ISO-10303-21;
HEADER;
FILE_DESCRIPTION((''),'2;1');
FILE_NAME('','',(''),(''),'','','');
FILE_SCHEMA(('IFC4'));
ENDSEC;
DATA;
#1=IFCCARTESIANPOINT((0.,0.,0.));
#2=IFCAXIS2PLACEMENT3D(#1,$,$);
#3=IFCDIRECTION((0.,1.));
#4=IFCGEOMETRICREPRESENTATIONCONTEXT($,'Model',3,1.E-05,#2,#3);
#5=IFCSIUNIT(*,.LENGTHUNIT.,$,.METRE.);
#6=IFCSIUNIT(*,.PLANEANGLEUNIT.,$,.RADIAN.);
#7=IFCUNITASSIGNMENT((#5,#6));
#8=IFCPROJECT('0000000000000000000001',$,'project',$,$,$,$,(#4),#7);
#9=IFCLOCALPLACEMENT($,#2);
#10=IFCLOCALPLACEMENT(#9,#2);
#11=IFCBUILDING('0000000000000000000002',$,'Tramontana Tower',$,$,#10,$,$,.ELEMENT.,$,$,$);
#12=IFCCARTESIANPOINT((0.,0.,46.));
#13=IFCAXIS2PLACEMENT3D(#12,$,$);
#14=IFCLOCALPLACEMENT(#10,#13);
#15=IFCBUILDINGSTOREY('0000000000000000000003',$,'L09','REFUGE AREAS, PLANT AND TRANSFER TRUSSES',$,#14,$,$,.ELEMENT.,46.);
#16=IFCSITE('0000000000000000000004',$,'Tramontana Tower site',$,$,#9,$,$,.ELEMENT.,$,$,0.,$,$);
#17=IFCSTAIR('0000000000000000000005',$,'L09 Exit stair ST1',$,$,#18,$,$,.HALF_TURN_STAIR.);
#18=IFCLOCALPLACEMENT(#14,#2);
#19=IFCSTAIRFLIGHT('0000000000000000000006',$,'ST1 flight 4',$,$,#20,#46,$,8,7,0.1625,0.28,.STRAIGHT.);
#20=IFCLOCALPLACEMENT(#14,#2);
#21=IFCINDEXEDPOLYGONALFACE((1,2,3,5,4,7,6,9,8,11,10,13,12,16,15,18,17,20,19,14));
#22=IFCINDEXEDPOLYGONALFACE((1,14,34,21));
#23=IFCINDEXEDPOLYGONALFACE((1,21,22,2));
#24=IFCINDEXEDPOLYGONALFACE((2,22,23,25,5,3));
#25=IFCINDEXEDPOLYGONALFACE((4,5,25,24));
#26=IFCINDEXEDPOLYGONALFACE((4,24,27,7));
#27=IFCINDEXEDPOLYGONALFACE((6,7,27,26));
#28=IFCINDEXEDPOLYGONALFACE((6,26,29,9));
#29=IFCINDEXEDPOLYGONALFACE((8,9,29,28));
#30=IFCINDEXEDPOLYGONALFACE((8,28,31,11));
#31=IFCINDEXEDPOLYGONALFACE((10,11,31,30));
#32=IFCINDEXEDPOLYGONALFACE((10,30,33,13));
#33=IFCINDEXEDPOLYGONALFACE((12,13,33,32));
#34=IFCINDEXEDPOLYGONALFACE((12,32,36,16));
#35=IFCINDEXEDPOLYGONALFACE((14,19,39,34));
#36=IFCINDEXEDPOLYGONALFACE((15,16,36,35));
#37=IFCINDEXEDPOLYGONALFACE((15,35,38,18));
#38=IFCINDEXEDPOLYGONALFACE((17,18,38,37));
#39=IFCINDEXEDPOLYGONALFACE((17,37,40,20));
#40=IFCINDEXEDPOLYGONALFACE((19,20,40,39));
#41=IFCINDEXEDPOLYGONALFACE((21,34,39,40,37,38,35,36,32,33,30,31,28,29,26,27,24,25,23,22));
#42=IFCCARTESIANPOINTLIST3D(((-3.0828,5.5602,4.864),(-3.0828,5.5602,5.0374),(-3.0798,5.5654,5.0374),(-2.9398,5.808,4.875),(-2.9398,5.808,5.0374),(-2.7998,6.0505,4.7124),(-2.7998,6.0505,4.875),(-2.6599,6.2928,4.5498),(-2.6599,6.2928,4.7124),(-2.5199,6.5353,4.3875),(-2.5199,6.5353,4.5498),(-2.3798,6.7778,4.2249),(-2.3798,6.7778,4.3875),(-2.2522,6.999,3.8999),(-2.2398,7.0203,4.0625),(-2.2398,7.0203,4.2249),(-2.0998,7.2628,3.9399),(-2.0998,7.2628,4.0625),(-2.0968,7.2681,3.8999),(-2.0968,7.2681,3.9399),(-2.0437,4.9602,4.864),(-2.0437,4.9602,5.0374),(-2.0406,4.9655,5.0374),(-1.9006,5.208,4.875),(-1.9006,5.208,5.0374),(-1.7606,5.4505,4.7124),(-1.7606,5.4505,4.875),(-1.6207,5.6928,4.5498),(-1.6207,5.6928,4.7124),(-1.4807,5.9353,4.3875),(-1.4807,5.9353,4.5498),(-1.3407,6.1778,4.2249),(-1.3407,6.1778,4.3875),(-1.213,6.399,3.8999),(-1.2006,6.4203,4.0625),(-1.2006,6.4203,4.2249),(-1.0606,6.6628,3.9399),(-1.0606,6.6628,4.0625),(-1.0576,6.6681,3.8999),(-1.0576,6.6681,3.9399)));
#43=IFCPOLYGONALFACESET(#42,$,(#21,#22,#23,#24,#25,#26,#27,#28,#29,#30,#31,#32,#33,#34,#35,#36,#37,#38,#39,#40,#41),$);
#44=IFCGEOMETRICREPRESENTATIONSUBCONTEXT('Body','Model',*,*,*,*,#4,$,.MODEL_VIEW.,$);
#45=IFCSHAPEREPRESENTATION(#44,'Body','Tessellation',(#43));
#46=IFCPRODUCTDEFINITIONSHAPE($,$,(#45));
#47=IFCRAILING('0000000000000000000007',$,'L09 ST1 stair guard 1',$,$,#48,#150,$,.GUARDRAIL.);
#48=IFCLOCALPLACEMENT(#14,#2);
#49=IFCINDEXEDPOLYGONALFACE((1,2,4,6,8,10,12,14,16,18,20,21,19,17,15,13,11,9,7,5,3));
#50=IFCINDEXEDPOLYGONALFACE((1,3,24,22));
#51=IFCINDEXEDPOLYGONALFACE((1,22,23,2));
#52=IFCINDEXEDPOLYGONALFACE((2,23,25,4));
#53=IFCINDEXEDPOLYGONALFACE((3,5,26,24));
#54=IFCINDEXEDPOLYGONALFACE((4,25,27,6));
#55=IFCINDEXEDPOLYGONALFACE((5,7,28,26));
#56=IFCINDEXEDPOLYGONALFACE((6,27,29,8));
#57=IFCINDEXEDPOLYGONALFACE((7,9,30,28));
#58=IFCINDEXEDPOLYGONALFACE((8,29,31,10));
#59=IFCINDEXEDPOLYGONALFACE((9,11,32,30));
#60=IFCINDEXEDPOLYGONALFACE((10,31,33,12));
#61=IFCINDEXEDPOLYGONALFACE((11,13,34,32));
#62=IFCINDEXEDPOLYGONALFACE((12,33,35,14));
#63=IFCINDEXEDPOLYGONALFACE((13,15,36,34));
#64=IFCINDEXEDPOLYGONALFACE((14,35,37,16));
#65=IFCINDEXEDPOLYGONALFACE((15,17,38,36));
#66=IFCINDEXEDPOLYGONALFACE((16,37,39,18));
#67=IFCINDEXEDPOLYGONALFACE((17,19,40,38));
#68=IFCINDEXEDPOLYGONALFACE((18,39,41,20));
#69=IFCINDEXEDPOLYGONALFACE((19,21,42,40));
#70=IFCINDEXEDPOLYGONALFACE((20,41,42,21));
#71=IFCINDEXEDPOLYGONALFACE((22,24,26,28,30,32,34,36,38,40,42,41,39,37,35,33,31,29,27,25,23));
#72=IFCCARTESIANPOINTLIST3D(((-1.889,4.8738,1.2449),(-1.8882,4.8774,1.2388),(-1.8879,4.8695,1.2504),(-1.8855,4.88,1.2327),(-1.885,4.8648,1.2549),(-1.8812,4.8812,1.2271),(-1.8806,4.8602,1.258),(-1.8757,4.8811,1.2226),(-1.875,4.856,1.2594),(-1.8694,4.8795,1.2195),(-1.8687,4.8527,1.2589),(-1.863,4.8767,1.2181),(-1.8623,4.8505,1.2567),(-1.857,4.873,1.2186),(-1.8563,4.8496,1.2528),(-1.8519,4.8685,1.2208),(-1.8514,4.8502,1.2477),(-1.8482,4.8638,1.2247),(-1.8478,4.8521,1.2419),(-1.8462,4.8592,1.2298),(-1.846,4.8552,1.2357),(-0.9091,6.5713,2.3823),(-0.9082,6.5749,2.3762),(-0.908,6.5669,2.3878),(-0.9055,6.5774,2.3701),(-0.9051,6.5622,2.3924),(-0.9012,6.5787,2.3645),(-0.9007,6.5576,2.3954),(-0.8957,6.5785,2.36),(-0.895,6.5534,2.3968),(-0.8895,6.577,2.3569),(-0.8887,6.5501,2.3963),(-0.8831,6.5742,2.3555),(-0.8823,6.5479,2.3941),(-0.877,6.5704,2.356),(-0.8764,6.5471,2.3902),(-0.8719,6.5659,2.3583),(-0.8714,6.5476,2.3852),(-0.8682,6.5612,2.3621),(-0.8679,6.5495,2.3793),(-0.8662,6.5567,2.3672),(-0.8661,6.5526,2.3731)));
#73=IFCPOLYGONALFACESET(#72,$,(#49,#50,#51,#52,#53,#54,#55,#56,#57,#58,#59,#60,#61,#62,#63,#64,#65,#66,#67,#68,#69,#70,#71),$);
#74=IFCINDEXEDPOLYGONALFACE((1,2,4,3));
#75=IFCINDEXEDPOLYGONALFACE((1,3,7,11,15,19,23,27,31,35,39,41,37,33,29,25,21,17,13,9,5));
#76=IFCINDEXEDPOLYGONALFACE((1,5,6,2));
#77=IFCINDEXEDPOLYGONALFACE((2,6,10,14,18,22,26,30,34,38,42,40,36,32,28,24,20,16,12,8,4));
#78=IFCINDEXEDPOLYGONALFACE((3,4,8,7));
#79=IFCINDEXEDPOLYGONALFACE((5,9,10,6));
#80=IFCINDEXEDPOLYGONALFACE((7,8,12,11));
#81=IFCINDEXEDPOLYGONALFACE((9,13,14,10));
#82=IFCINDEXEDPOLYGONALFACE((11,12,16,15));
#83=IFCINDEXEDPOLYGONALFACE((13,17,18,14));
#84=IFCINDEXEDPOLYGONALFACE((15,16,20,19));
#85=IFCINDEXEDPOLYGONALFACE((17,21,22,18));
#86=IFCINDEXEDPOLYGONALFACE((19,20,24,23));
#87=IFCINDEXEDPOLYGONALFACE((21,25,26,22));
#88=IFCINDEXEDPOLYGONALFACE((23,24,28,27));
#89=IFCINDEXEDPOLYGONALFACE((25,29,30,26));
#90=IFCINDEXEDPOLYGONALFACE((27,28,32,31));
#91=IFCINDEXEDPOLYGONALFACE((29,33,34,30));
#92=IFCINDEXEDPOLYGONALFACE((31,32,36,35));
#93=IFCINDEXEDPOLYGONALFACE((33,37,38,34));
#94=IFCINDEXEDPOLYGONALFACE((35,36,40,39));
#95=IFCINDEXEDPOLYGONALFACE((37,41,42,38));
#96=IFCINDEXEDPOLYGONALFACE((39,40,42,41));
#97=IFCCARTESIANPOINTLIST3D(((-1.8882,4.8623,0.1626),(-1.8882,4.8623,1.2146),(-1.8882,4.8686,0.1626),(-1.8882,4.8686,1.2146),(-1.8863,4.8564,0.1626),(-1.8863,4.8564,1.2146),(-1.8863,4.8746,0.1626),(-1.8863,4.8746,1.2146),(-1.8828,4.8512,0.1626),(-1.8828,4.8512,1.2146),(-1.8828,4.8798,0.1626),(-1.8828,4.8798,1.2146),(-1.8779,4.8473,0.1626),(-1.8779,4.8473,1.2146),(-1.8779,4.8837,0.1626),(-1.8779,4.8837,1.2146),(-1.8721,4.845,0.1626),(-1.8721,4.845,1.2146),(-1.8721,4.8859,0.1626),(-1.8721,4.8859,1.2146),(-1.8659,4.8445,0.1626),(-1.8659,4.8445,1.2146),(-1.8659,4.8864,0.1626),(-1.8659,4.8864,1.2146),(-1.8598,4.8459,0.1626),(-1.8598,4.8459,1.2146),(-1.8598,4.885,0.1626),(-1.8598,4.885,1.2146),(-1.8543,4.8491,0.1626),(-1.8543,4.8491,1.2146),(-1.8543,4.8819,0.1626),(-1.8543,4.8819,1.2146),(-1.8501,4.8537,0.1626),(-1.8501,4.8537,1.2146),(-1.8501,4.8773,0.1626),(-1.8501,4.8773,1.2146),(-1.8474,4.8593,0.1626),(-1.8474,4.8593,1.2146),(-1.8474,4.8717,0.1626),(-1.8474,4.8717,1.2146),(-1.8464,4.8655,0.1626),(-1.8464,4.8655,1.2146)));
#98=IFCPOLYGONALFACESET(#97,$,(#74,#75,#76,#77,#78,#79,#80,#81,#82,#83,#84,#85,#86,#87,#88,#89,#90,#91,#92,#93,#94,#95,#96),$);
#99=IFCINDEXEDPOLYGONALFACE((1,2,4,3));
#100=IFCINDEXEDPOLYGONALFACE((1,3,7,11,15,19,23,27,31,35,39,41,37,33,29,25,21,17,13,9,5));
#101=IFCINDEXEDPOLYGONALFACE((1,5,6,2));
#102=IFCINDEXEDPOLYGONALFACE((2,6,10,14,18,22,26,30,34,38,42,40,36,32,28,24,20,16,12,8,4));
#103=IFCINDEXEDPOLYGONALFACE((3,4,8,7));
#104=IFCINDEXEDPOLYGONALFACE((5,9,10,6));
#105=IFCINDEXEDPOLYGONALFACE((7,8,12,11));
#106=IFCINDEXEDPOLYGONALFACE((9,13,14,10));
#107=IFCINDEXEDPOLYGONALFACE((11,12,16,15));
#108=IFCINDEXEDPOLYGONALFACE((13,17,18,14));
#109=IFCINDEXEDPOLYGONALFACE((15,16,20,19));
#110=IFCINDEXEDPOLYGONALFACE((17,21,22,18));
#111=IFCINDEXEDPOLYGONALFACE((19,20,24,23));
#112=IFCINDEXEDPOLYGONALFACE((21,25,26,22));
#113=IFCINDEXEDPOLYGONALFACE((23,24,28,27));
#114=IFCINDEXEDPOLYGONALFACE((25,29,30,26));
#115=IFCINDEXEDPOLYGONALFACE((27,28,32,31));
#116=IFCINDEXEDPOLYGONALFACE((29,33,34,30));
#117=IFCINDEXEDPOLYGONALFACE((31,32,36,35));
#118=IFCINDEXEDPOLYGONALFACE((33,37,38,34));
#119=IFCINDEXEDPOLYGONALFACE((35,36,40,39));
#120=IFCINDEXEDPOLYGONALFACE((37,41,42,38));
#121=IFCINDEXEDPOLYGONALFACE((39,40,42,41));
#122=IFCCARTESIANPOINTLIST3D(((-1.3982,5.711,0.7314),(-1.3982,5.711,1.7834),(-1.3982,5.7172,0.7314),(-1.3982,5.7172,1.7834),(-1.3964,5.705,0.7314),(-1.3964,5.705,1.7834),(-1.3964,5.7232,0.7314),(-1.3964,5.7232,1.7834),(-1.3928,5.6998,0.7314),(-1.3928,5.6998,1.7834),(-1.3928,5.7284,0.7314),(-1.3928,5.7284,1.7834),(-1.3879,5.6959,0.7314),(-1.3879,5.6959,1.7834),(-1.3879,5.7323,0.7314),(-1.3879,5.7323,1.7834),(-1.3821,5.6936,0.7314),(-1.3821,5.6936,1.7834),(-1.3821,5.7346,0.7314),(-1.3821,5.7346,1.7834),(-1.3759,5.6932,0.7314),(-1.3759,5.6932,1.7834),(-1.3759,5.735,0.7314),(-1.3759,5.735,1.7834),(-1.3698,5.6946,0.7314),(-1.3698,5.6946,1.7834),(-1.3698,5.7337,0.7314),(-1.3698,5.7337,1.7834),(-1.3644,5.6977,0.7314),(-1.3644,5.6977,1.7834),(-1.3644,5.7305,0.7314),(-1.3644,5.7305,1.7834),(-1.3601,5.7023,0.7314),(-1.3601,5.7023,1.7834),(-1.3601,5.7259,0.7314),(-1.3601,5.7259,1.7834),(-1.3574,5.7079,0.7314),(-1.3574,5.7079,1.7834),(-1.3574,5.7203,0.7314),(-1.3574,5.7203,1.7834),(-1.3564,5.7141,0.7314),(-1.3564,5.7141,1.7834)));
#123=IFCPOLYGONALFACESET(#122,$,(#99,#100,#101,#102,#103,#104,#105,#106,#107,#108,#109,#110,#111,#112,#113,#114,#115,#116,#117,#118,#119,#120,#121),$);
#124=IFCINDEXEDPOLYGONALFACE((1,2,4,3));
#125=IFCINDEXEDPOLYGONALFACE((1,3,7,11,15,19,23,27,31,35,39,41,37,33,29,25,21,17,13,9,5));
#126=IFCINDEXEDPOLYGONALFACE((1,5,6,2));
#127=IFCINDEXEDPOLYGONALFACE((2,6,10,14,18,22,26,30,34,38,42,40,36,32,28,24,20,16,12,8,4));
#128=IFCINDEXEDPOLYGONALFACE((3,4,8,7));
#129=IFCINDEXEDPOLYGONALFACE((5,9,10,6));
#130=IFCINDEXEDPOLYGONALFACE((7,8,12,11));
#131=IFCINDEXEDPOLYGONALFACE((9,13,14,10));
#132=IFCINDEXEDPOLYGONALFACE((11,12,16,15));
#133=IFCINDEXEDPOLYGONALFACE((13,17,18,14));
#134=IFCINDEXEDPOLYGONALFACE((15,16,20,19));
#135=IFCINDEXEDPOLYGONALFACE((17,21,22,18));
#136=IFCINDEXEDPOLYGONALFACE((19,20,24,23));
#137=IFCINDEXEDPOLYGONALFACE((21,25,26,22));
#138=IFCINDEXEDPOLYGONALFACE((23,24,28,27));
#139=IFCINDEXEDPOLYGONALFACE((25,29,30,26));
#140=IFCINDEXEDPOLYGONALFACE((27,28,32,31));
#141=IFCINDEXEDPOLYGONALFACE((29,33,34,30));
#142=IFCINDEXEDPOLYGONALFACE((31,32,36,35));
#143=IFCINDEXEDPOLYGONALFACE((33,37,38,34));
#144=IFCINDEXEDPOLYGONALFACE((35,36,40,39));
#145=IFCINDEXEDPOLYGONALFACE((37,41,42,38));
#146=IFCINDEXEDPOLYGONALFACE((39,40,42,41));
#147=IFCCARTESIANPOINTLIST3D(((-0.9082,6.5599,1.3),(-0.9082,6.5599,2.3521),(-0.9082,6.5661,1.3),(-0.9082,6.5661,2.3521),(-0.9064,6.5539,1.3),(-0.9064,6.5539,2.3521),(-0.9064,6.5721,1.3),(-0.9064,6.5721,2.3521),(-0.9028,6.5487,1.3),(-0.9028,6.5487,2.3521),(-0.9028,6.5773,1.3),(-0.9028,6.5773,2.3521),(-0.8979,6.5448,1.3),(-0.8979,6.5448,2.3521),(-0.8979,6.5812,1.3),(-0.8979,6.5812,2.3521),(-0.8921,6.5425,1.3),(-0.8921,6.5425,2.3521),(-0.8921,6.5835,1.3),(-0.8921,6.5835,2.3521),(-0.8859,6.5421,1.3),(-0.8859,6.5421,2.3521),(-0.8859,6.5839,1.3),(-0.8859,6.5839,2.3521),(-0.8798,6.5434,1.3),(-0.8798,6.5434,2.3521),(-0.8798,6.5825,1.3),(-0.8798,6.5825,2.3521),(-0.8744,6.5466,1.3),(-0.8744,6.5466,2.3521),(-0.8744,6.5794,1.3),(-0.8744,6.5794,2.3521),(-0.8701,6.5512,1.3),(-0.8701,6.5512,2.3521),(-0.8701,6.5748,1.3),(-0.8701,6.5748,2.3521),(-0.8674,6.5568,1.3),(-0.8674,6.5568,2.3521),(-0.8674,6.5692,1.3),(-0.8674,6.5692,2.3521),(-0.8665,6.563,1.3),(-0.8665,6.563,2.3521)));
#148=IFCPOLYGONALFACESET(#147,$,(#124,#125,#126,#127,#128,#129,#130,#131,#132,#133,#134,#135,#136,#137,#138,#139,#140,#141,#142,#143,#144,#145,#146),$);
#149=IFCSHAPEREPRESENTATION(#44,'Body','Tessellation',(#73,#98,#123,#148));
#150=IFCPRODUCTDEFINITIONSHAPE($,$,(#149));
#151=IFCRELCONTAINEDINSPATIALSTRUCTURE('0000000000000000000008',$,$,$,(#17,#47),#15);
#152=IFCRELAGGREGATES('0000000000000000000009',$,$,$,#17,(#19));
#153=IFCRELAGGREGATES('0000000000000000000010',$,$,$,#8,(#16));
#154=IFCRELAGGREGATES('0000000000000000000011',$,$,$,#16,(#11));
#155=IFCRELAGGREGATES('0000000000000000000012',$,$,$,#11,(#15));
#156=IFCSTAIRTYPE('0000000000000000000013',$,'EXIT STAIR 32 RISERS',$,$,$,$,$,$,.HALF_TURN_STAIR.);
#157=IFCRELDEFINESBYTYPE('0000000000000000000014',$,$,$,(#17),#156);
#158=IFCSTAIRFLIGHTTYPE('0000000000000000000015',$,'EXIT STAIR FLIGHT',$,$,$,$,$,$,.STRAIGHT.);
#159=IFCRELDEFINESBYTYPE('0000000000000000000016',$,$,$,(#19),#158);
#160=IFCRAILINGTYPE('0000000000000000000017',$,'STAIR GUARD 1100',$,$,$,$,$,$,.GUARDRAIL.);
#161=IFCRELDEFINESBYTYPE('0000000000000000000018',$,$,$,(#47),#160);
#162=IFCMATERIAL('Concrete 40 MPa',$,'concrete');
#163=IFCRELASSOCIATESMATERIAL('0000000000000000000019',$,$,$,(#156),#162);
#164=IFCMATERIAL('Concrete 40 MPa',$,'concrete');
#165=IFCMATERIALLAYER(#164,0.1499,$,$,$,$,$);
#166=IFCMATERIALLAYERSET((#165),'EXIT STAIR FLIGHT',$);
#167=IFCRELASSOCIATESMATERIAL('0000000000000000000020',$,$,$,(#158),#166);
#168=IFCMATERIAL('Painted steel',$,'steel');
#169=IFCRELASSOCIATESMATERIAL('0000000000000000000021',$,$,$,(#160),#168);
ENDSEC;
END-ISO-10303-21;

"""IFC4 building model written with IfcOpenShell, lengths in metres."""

from ifc_helpers import new_model, si_unit, direction, frame, origin, origin_2d, place, context, subcontext, project, spatial, polyline, circle, outline, extrude, material, layer, layer_set, type_object, element, aggregate, save


model = new_model("IFC4")

# Units and contexts
model_context = context("Model", 3, precision=1e-05, world=origin(), true_north=direction((0.0, 1.0)))
body_context = subcontext(model_context, "Body", "Model", "MODEL_VIEW")
ifc_project = project(units=[si_unit("LENGTHUNIT", "METRE"), si_unit("PLANEANGLEUNIT", "RADIAN")], contexts=[model_context])

# Site, building, storey
site_placement = place(None, origin())
site = spatial("IfcSite", under=ifc_project, at=site_placement, Name="Tramontana Tower site", CompositionType="ELEMENT", RefElevation=0.0)
building_placement = place(site_placement, origin())
building = spatial("IfcBuilding", under=site, at=building_placement, Name="Tramontana Tower", CompositionType="ELEMENT")
storey_placement = place(building_placement, frame((0.0, 0.0, 46.0)))
storey = spatial("IfcBuildingStorey", under=building, at=storey_placement, Name="L09", Description="REFUGE AREAS, PLANT AND TRANSFER TRUSSES", CompositionType="ELEMENT", Elevation=46.0)

# Stair, stair flight
ifc_material_1 = material(Name="Concrete 40 MPa", Category="concrete")
stair_type = type_object("IfcStairType", Name="EXIT STAIR 32 RISERS", PredefinedType="HALF_TURN_STAIR", material=ifc_material_1)
stair_placement = place(storey_placement, origin())
stair = element("IfcStair", 1, at=stair_placement, inside=storey, type_object=stair_type, Name="L09 Exit stair ST1", PredefinedType="HALF_TURN_STAIR")
ifc_material_2 = material(Name="Concrete 40 MPa", Category="concrete")
ifc_layer_1 = layer(ifc_material_2, 0.1499)
ifc_layer_set_1 = layer_set([ifc_layer_1], Name="EXIT STAIR FLIGHT")
stair_flight_type = type_object("IfcStairFlightType", Name="EXIT STAIR FLIGHT", PredefinedType="STRAIGHT", material=ifc_layer_set_1)
stair_flight_1_placement = place(storey_placement, frame((-1.5803, 6.9629, 3.8999), z_axis=(0.0, 0.0, 1.0), x_axis=(-0.5, -0.866025, 0.0)))
stair_flight_1 = element("IfcStairFlight", 2, at=stair_flight_1_placement, type_object=stair_flight_type, Name="ST1 flight 4", NumberOfRisers=8, NumberOfTreads=7, PredefinedType="STRAIGHT", RiserHeight=0.1625, TreadLength=0.28, context=body_context, shape_type="SweptSolid", body=[
    extrude(outline(polyline([(-0.0061, 0.0), (-0.0061, 0.04), (0.0, 0.04), (0.0, 0.1626), (0.28, 0.1626), (0.28, 0.325), (0.5601, 0.325), (0.5601, 0.4875), (0.8401, 0.4875), (0.8401, 0.6499), (1.1201, 0.6499), (1.1201, 0.8125), (1.3999, 0.8125), (1.3999, 0.9751), (1.6799, 0.9751), (1.6799, 1.1375), (1.96, 1.1375), (1.9661, 1.1375), (1.9661, 0.9641), (0.3047, 0.0), (-0.0061, 0.0)])), frame((0.0, 0.6001, 0.0), z_axis=(0.0, -1.0, 0.0), x_axis=(1.0, 0.0, 0.0)), (0.0, 0.0, 1.0), 1.2),
])
aggregate(stair, [stair_flight_1])

# Railing
ifc_material_3 = material(Name="Painted steel", Category="steel")
railing_type_1 = type_object("IfcRailingType", Name="STAIR GUARD 1100", PredefinedType="GUARDRAIL", material=ifc_material_3)
for number, where, name in (
    (3, (-1.8674, 4.8655, 0.1626), "L09 ST1 stair guard 1"),
):
    element("IfcRailing", number, at=place(storey_placement, frame(where)), inside=storey, type_object=railing_type_1, Name=name, PredefinedType="GUARDRAIL", context=body_context, shape_type="SweptSolid", body=[
        extrude(circle(Radius=0.0239, at=origin_2d()), frame((0.0, 0.0, 1.0762), z_axis=(0.432432, 0.749053, 0.501918), x_axis=(-0.866042, 0.49997, 0.0)), (0.0, 0.0, 1.0), 2.2661),
        extrude(circle(Radius=0.021, at=origin_2d()), origin(), (0.0, 0.0, 1.0), 1.052),
        extrude(circle(Radius=0.021, at=origin_2d()), frame((0.49, 0.8486, 0.5688)), (0.0, 0.0, 1.0), 1.052),
        extrude(circle(Radius=0.021, at=origin_2d()), frame((0.98, 1.6975, 1.1375)), (0.0, 0.0, 1.0), 1.052),
    ])

save(model, "model.ifc")
